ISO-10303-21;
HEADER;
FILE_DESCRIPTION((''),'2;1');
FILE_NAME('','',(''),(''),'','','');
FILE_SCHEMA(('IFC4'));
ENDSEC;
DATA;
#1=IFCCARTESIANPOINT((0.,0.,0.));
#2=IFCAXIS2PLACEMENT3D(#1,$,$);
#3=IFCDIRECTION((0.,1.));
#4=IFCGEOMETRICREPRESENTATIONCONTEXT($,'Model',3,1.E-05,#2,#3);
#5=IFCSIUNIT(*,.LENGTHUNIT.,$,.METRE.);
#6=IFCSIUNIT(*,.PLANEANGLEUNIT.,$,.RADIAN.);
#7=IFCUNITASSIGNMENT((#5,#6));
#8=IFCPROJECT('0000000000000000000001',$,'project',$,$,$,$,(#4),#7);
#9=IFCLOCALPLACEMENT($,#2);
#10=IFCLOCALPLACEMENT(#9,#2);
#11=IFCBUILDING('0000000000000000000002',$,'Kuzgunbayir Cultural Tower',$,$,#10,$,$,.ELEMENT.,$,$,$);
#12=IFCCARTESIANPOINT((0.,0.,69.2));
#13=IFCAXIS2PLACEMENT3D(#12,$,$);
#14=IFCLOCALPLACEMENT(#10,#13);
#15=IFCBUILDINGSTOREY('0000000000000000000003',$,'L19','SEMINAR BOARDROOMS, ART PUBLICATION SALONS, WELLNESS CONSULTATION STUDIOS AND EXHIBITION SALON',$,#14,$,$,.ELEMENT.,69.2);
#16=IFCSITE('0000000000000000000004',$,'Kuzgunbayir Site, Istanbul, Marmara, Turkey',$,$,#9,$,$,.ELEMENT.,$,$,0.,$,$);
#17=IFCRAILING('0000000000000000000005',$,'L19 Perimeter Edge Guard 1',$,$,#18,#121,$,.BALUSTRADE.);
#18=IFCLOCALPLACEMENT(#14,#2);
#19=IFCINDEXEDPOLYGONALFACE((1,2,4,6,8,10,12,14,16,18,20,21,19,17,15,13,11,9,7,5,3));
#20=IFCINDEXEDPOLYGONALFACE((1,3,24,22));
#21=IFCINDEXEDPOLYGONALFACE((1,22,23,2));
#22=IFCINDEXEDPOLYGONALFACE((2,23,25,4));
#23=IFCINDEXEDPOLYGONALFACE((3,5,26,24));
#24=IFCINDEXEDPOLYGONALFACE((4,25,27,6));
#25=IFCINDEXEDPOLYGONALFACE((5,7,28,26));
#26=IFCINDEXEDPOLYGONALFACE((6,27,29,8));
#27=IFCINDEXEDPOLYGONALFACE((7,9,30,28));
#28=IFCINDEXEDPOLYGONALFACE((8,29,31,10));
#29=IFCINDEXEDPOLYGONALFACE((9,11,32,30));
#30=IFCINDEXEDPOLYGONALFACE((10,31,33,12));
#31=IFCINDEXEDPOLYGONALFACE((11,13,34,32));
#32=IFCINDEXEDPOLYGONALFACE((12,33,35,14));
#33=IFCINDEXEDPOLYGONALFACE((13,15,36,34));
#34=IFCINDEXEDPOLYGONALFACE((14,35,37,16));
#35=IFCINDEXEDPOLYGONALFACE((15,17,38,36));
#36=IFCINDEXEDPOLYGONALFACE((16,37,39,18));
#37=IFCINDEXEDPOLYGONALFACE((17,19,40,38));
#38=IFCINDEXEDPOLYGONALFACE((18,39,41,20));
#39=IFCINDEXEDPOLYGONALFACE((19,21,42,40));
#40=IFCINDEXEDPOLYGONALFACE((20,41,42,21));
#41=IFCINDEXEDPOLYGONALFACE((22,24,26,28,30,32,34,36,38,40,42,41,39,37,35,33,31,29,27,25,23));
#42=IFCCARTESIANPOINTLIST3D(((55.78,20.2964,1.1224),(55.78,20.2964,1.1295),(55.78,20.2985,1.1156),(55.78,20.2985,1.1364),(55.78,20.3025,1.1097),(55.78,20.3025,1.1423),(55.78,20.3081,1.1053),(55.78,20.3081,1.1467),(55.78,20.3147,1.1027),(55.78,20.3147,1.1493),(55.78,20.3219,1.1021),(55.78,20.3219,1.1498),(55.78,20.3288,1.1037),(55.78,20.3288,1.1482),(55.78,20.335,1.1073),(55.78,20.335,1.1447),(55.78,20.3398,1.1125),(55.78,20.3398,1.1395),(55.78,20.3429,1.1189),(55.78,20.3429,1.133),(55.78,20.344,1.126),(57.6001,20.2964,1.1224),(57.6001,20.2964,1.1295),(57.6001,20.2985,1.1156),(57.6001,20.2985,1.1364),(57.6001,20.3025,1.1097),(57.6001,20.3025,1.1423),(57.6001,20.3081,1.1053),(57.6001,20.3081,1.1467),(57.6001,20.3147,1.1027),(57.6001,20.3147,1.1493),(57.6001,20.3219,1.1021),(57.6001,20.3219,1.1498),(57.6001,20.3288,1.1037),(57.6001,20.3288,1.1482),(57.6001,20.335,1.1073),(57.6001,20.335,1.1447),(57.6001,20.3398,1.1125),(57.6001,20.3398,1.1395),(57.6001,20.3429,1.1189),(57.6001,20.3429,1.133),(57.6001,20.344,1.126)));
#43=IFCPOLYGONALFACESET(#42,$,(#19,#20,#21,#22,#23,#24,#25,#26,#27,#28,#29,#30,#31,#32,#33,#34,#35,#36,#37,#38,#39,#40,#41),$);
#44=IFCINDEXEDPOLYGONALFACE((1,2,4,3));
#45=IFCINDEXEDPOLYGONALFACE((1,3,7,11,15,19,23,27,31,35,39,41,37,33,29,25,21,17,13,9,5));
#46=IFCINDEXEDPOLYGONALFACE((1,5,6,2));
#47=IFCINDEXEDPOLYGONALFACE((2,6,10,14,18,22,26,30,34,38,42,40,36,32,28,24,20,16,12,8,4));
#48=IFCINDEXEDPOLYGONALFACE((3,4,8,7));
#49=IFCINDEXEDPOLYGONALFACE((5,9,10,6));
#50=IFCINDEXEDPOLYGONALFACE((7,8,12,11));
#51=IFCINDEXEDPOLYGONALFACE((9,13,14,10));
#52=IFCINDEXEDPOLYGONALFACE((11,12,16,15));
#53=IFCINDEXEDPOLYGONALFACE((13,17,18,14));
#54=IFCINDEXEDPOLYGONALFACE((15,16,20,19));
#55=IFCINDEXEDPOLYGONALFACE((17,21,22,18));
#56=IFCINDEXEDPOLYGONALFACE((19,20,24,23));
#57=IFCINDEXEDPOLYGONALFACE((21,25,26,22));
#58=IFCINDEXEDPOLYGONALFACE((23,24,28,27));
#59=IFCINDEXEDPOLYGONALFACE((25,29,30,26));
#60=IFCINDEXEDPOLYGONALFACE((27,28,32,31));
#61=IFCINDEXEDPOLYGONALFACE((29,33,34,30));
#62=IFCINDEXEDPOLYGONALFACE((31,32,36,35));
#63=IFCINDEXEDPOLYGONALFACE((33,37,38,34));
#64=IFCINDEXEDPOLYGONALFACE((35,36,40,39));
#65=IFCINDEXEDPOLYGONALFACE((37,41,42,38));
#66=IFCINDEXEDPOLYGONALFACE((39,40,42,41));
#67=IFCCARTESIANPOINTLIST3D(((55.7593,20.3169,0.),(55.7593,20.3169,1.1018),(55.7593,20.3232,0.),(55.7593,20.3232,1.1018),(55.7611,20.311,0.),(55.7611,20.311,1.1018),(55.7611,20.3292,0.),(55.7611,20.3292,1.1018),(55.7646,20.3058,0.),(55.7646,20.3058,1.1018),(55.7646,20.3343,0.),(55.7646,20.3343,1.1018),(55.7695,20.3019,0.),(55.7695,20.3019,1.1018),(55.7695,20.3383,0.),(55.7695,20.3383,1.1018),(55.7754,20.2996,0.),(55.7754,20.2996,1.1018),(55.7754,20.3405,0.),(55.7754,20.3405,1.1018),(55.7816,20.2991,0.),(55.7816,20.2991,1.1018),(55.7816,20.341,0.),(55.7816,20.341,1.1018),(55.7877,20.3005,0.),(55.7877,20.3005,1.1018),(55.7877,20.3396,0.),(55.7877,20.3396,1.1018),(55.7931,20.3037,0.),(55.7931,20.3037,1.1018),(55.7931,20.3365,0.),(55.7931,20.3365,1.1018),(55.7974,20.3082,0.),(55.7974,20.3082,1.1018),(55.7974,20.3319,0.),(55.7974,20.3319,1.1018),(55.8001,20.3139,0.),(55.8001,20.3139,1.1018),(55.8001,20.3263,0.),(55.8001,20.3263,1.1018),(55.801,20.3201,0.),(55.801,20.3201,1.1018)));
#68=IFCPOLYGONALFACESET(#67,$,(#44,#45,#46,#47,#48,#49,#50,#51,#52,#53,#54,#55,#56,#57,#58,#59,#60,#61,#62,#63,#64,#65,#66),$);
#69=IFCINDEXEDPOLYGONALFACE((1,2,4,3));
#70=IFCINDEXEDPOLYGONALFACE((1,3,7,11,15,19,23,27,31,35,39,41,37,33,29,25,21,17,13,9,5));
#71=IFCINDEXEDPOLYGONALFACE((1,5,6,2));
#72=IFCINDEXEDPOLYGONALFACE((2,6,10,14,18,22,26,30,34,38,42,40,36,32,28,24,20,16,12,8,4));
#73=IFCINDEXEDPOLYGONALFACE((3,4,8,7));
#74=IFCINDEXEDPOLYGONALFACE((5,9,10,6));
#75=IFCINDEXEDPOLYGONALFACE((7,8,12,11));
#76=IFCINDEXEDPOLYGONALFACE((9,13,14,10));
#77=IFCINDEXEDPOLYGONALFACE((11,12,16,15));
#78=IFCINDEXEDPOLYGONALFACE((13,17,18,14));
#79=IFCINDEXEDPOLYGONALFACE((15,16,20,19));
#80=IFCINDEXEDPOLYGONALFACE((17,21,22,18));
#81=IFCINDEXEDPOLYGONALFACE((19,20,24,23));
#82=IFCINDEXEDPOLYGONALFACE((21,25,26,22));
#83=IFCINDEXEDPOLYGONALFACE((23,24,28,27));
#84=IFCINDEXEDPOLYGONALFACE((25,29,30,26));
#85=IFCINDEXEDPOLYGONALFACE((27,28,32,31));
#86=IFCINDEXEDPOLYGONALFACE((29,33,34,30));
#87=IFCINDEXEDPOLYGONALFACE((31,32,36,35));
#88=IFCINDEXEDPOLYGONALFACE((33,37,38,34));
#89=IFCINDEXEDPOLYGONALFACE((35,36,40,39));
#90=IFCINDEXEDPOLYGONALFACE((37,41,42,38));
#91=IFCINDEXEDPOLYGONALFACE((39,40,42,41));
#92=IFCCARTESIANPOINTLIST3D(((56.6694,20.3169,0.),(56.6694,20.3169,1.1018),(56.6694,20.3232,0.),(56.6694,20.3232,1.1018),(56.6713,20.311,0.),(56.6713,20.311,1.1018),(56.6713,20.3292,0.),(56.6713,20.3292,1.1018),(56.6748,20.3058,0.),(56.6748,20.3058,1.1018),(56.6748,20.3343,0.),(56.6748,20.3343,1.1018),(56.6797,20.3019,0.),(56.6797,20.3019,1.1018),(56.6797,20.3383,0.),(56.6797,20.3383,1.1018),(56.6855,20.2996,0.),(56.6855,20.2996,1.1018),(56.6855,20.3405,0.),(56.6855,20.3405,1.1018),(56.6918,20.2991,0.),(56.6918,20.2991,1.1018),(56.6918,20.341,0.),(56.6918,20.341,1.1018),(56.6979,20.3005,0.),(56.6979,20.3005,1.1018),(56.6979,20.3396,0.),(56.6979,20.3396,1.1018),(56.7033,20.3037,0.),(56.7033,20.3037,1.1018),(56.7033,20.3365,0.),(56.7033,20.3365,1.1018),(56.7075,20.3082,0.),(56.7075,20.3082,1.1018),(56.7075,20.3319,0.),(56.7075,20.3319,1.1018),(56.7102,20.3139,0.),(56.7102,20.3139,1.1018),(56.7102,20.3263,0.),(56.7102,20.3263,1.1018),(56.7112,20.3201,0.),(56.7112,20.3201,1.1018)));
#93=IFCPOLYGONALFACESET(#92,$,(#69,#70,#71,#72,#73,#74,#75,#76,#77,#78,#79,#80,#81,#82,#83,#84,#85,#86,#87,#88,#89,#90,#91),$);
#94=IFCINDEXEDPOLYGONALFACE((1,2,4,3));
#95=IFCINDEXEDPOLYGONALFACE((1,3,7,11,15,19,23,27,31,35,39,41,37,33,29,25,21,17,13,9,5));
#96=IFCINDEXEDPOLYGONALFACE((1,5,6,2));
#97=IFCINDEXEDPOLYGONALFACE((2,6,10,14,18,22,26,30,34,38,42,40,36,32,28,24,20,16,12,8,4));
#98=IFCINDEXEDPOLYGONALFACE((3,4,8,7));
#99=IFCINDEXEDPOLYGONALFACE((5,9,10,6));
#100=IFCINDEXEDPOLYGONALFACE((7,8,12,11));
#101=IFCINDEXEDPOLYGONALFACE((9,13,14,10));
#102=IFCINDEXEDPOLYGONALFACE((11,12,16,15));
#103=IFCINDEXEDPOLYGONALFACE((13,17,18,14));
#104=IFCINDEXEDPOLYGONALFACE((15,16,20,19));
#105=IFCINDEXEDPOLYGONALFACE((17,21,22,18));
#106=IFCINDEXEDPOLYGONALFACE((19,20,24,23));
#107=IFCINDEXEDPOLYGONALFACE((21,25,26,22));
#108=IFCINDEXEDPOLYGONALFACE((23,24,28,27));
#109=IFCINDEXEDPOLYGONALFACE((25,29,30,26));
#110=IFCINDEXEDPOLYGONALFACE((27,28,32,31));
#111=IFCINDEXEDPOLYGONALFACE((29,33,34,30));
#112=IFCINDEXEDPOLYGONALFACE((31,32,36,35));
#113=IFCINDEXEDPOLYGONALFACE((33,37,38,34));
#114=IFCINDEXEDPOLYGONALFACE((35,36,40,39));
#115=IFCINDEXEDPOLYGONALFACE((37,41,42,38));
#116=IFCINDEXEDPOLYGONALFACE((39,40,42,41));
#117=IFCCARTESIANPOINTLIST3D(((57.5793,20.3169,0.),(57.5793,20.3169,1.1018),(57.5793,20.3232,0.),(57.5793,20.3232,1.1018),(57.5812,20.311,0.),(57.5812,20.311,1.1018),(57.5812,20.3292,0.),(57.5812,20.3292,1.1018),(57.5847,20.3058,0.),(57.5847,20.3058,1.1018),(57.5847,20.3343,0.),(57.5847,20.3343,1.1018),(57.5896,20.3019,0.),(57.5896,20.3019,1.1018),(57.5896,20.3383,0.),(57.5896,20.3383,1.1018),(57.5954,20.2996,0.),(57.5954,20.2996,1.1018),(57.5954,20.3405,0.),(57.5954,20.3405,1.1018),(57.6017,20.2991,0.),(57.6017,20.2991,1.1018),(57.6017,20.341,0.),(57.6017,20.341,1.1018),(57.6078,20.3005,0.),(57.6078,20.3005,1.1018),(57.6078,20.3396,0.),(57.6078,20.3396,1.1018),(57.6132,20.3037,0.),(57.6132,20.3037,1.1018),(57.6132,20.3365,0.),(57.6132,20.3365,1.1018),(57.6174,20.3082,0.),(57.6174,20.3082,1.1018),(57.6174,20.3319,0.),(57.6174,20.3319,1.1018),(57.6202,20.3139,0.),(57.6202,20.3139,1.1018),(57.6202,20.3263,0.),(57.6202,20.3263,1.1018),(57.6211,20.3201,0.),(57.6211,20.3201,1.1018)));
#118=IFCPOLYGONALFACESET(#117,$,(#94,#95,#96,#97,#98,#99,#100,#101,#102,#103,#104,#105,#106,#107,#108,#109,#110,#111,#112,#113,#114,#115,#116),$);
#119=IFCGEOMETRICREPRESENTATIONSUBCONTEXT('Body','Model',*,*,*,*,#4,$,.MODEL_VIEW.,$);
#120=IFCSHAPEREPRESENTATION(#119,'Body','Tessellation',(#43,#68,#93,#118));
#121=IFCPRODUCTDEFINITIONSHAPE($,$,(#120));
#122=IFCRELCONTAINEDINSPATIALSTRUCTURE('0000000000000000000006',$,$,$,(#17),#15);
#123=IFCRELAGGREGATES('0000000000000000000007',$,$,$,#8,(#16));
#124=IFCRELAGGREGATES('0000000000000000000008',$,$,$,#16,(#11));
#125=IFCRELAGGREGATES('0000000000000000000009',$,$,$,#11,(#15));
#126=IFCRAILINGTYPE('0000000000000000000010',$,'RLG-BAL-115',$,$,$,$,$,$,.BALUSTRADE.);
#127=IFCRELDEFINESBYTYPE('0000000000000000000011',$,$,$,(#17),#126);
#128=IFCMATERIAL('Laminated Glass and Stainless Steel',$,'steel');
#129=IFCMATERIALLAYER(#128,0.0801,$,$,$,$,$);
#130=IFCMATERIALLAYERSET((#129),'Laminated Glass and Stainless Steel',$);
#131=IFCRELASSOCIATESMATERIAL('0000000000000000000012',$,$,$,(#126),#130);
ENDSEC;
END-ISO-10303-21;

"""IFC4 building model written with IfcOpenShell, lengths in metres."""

from ifc_helpers import new_model, si_unit, direction, frame, origin, origin_2d, place, context, subcontext, project, spatial, circle, extrude, material, layer, layer_set, type_object, element, save


model = new_model("IFC4")

# Units and contexts
model_context = context("Model", 3, precision=1e-05, world=origin(), true_north=direction((0.0, 1.0)))
body_context = subcontext(model_context, "Body", "Model", "MODEL_VIEW")
ifc_project = project(units=[si_unit("LENGTHUNIT", "METRE"), si_unit("PLANEANGLEUNIT", "RADIAN")], contexts=[model_context])

# Site, building, storey
site_placement = place(None, origin())
site = spatial("IfcSite", under=ifc_project, at=site_placement, Name="Kuzgunbayir Site, Istanbul, Marmara, Turkey", CompositionType="ELEMENT", RefElevation=0.0)
building_placement = place(site_placement, origin())
building = spatial("IfcBuilding", under=site, at=building_placement, Name="Kuzgunbayir Cultural Tower", CompositionType="ELEMENT")
storey_placement = place(building_placement, frame((0.0, 0.0, 69.2)))
storey = spatial("IfcBuildingStorey", under=building, at=storey_placement, Name="L19", Description="SEMINAR BOARDROOMS, ART PUBLICATION SALONS, WELLNESS CONSULTATION STUDIOS AND EXHIBITION SALON", CompositionType="ELEMENT", Elevation=69.2)

# Railing
ifc_material_1 = material(Name="Laminated Glass and Stainless Steel", Category="steel")
ifc_layer_1 = layer(ifc_material_1, 0.0801)
ifc_layer_set_1 = layer_set([ifc_layer_1], Name="Laminated Glass and Stainless Steel")
railing_type = type_object("IfcRailingType", Name="RLG-BAL-115", PredefinedType="BALUSTRADE", material=ifc_layer_set_1)
railing_1_placement = place(storey_placement, frame((55.78, 20.3201, 0.0)))
element("IfcRailing", 1, at=railing_1_placement, inside=storey, type_object=railing_type, Name="L19 Perimeter Edge Guard 1", PredefinedType="BALUSTRADE", context=body_context, shape_type="SweptSolid", body=[
    extrude(circle(Radius=0.0239, at=origin_2d()), frame((0.0, 0.0, 1.126), z_axis=(1.0, 0.0, 0.0), x_axis=(0.0, 1.0, 0.0)), (0.0, 0.0, 1.0), 1.8201),
    extrude(circle(Radius=0.021, at=origin_2d()), origin(), (0.0, 0.0, 1.0), 1.1018),
    extrude(circle(Radius=0.021, at=origin_2d()), frame((0.9102, 0.0, 0.0)), (0.0, 0.0, 1.0), 1.1018),
    extrude(circle(Radius=0.021, at=origin_2d()), frame((1.8201, 0.0, 0.0)), (0.0, 0.0, 1.0), 1.1018),
])

save(model, "model.ifc")
